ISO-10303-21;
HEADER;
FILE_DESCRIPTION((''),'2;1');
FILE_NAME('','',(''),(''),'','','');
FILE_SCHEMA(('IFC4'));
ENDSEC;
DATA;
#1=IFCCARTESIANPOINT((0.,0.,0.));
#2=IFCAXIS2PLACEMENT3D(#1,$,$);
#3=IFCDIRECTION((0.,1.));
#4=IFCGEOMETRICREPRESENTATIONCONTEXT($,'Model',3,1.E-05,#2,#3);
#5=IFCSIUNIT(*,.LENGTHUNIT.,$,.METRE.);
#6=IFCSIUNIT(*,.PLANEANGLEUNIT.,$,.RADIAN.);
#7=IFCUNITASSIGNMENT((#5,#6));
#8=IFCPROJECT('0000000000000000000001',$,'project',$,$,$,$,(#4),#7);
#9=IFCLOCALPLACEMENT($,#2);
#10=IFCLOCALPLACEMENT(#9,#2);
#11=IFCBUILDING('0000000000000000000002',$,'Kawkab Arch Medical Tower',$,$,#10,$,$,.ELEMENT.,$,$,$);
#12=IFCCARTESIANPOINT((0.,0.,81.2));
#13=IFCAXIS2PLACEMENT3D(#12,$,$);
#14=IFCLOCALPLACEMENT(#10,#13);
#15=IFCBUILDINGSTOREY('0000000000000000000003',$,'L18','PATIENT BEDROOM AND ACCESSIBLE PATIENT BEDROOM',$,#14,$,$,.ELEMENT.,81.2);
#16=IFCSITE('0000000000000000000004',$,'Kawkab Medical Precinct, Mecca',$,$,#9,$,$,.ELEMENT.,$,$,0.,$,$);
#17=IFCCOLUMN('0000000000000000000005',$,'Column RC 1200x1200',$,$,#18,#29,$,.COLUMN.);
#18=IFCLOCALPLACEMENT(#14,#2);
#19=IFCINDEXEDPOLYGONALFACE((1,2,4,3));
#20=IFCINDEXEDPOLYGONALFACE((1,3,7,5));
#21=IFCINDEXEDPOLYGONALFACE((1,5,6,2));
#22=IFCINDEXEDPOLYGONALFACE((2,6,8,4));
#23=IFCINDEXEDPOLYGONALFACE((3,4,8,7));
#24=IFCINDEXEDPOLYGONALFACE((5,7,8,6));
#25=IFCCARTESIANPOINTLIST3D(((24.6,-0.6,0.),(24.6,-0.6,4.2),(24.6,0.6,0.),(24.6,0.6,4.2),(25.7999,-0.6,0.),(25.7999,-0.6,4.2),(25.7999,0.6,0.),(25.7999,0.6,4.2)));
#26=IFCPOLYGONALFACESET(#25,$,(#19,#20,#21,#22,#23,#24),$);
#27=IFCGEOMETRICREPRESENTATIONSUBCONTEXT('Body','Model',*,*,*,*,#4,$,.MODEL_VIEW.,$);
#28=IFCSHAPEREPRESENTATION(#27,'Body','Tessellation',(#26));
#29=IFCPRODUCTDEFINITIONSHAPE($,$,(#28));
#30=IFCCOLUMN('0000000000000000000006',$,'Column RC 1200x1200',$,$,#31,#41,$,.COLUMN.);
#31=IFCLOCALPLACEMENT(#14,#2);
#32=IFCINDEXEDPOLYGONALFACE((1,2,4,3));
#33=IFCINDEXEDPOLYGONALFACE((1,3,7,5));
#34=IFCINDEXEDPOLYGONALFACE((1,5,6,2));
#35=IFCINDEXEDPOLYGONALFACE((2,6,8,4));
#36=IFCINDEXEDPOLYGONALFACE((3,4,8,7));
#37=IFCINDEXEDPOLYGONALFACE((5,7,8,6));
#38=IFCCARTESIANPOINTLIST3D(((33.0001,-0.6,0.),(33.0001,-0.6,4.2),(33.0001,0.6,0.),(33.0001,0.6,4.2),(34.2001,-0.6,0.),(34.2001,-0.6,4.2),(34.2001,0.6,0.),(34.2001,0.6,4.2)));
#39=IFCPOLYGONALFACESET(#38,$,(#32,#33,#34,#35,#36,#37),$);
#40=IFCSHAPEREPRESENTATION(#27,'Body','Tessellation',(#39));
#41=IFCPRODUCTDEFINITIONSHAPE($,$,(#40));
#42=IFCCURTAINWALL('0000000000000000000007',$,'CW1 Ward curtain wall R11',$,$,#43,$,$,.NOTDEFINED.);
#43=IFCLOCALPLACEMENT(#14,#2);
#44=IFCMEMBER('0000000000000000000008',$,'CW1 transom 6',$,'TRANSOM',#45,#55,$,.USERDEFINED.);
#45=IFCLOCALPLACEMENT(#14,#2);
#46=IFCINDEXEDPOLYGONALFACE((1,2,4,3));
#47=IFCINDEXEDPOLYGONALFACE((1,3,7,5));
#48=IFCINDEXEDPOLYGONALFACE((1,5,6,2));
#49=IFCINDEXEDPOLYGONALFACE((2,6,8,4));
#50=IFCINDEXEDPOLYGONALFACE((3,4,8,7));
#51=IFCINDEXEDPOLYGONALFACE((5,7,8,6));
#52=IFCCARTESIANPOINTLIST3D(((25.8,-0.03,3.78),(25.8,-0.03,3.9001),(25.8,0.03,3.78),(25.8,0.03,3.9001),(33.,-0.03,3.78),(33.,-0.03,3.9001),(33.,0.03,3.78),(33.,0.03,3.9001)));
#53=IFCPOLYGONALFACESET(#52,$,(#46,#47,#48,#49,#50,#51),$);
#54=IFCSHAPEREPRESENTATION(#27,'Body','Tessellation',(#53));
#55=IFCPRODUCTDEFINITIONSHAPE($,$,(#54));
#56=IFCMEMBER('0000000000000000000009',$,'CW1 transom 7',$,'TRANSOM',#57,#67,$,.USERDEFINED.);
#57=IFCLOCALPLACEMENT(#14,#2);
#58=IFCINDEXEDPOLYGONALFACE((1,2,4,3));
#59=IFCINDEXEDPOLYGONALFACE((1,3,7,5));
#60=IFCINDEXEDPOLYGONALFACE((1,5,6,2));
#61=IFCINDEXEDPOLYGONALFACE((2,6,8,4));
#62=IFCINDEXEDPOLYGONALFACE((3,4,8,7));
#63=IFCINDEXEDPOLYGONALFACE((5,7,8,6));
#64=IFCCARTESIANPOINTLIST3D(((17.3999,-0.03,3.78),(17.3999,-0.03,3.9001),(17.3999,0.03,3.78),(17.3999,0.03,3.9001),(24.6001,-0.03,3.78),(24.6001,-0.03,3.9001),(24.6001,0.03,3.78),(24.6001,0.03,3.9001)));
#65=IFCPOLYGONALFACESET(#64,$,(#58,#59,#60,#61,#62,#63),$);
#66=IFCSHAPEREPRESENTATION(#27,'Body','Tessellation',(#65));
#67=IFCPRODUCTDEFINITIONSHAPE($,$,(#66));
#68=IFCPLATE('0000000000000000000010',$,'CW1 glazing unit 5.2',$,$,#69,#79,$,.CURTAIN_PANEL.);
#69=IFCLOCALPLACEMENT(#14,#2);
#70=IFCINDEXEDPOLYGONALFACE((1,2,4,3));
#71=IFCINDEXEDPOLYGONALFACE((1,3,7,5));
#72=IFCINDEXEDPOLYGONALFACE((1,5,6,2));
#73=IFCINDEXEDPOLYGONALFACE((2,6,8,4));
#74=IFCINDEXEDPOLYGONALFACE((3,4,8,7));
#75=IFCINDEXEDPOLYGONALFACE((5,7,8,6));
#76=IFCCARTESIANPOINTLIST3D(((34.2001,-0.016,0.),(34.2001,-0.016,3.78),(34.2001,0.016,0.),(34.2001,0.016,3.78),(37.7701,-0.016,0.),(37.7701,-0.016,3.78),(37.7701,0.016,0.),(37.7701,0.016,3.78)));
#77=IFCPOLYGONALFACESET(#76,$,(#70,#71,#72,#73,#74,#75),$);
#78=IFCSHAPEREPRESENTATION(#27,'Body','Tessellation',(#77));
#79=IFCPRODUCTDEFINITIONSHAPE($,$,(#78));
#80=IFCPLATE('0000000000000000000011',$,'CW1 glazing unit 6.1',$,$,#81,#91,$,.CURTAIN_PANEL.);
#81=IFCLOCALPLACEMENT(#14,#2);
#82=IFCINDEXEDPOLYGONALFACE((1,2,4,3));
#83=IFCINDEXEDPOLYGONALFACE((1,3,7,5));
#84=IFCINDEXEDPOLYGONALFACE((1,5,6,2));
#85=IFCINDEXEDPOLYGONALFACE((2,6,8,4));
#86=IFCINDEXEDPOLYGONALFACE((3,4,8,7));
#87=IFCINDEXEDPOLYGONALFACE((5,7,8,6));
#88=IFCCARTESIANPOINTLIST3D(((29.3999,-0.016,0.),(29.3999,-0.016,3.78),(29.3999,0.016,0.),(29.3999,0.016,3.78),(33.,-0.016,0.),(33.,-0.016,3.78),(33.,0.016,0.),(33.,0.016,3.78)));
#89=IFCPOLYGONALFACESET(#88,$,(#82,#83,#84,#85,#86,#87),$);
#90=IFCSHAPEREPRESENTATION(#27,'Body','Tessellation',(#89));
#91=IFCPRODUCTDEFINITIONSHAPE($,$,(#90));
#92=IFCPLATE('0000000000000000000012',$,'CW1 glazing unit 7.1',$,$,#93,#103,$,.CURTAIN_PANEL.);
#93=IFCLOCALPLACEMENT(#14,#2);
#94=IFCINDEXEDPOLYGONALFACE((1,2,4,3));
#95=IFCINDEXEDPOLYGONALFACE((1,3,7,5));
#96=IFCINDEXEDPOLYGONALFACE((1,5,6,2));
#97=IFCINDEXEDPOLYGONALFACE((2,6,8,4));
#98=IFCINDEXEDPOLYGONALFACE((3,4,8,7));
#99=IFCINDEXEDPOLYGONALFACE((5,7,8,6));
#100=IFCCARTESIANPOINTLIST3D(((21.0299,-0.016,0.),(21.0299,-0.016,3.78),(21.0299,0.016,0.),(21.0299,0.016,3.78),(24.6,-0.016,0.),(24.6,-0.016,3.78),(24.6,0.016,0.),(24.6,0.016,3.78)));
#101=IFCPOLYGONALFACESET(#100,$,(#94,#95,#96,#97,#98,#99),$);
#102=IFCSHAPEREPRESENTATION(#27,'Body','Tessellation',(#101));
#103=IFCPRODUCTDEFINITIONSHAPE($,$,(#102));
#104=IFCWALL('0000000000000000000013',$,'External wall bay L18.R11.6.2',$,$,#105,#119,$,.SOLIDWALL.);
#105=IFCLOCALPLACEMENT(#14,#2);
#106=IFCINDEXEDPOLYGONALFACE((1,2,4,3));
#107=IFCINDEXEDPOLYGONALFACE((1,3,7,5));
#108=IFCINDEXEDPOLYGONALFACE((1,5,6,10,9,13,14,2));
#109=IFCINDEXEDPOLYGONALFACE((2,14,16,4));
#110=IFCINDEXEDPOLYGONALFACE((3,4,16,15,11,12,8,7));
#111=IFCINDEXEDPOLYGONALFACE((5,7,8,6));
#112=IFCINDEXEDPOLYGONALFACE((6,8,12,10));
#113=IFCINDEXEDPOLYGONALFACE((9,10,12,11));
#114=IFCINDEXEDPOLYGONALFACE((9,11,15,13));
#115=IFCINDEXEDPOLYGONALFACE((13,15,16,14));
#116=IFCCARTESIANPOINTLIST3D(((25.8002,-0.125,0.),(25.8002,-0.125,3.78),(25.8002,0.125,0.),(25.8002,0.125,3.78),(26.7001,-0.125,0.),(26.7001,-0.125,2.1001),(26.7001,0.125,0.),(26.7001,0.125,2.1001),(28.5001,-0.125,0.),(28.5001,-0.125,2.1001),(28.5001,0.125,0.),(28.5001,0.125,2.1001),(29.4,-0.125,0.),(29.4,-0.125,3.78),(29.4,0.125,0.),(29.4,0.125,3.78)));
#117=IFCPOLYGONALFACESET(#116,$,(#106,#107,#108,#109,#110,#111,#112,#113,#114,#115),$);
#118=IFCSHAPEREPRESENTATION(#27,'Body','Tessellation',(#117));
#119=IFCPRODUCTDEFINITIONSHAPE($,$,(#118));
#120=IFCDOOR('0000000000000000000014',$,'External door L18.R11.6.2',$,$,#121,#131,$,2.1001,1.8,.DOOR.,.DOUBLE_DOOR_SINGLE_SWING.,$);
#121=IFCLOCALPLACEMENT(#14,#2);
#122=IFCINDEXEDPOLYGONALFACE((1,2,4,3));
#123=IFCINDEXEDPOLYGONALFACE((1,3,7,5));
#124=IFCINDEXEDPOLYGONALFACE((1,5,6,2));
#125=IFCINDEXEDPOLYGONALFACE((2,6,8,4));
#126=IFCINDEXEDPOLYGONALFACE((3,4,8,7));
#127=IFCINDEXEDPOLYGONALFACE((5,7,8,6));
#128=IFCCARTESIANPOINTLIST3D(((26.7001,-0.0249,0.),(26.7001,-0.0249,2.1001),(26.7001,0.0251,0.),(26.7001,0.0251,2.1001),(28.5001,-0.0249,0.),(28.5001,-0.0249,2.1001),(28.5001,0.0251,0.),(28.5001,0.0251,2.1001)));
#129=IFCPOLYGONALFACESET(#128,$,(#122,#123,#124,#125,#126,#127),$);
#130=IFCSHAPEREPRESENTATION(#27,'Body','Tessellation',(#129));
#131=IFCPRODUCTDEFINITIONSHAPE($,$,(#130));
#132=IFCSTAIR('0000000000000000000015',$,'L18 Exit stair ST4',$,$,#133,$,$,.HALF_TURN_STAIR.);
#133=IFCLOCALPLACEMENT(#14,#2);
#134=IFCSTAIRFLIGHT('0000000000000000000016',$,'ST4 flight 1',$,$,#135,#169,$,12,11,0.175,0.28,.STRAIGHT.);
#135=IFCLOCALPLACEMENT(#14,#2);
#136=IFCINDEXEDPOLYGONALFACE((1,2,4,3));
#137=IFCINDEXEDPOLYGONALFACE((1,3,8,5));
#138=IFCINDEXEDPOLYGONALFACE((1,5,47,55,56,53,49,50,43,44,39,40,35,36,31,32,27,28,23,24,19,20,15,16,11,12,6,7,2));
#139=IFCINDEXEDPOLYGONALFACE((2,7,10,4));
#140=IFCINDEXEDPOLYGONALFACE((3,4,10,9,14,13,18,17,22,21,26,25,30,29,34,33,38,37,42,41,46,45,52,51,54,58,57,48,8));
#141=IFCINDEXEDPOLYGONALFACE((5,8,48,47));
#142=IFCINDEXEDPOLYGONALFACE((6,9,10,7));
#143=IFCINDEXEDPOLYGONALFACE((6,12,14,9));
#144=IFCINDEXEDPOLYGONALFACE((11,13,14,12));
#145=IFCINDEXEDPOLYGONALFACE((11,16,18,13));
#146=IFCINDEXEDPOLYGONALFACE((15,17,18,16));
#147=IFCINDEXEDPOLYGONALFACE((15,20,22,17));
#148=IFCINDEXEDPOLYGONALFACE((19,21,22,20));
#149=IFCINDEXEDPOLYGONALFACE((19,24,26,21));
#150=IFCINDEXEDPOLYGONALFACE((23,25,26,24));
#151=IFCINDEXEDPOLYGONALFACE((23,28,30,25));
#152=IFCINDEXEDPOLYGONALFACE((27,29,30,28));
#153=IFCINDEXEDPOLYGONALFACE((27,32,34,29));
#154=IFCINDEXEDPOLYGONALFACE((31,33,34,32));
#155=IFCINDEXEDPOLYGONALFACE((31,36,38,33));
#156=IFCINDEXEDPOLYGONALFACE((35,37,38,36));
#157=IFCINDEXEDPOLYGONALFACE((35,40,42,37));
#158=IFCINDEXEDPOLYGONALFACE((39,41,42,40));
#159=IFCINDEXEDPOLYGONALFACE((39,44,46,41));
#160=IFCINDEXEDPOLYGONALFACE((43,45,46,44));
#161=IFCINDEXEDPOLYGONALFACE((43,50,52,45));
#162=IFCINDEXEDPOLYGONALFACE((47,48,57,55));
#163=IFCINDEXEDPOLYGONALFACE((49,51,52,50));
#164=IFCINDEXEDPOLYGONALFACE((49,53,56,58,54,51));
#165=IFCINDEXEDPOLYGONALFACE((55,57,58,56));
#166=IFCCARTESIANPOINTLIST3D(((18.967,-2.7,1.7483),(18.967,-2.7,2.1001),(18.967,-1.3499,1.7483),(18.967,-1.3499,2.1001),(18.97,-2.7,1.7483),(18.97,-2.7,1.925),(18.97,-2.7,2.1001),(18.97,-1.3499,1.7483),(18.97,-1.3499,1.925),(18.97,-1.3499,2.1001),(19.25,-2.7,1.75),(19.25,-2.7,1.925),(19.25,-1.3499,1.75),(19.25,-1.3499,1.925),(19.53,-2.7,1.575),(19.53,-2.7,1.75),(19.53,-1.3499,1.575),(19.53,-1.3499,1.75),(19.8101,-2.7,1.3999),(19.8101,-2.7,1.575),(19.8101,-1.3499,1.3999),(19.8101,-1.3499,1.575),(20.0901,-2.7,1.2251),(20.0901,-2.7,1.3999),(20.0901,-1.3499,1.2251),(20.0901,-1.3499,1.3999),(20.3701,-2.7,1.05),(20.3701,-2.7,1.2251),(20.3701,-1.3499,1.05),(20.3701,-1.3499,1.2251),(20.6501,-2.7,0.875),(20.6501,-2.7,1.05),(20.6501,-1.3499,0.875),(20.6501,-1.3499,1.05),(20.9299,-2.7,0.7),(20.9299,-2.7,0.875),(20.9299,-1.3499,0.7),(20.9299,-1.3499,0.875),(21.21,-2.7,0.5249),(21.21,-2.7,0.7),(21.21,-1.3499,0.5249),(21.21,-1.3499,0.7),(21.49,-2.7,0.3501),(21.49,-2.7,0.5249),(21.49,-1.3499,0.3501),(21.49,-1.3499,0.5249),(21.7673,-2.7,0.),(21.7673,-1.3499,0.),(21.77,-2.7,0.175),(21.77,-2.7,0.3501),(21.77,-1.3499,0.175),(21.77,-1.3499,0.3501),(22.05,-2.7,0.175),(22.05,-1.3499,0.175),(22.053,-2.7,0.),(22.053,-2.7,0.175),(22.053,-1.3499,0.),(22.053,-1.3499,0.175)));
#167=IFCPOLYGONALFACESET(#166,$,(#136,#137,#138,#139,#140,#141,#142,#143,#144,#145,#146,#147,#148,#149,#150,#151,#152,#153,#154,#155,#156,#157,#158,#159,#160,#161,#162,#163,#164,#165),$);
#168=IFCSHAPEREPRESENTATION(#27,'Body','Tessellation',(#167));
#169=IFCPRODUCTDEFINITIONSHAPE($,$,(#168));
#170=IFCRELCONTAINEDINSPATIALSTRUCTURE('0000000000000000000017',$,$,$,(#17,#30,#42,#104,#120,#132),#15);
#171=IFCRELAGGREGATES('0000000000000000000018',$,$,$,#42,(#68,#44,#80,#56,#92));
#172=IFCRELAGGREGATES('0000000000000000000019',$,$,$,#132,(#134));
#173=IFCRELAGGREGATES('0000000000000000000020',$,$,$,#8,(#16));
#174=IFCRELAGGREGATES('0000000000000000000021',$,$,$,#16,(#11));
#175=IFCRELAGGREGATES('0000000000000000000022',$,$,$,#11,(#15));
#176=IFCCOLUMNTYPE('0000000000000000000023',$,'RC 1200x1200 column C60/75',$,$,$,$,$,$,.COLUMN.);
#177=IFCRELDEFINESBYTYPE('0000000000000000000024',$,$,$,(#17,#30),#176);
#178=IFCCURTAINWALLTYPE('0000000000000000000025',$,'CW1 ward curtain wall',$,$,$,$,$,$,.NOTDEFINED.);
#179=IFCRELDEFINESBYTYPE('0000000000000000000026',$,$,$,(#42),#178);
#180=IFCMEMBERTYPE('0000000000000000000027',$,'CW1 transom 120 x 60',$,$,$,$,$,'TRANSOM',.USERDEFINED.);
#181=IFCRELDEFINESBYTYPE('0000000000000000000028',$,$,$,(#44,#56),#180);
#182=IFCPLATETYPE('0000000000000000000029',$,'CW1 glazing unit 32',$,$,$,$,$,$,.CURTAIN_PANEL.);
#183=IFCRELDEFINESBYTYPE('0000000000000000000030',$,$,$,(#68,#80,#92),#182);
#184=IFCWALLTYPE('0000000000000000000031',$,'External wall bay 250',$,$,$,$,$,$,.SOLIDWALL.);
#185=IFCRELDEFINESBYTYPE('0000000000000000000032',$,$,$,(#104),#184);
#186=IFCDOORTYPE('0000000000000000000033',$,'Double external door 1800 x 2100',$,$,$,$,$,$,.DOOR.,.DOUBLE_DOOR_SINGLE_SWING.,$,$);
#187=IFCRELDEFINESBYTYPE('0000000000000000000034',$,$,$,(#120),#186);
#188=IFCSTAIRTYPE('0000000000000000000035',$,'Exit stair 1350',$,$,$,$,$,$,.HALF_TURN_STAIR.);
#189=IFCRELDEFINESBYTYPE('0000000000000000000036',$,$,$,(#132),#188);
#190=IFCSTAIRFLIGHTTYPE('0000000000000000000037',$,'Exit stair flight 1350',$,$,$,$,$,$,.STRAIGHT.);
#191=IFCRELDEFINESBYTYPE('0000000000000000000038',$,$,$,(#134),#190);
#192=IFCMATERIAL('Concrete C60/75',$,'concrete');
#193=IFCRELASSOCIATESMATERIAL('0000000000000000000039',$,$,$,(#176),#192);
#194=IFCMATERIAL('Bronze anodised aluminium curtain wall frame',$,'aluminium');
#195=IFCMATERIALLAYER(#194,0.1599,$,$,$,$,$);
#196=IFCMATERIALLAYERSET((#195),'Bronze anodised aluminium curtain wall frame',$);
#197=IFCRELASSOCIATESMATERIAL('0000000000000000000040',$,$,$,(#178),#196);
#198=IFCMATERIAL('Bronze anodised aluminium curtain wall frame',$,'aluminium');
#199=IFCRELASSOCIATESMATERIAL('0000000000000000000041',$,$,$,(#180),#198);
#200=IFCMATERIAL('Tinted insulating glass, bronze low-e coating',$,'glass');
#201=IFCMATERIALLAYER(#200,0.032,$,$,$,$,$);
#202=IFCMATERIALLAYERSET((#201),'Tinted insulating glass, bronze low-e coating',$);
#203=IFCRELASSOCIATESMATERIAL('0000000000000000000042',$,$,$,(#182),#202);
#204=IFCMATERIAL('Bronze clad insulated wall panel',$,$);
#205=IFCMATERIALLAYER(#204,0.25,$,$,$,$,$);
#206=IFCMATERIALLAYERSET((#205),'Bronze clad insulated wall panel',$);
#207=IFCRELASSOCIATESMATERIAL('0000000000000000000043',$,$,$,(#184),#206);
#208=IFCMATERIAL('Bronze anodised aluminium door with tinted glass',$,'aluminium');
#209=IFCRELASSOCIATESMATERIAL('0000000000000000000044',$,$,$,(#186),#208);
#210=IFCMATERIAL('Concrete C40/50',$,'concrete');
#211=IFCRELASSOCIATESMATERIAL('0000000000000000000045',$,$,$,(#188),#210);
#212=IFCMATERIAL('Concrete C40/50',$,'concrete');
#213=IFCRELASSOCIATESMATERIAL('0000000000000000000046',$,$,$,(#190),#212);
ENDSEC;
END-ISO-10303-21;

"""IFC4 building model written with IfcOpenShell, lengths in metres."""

from ifc_helpers import new_model, si_unit, direction, frame, frame_2d, origin, origin_2d, place, context, subcontext, project, spatial, polyline, rectangle, outline, extrude, material, layer, layer_set, material_profile, profile_set, type_object, element, fill, aggregate, save


model = new_model("IFC4")

# Units and contexts
model_context = context("Model", 3, precision=1e-05, world=origin(), true_north=direction((0.0, 1.0)))
body_context = subcontext(model_context, "Body", "Model", "MODEL_VIEW")
ifc_project = project(units=[si_unit("LENGTHUNIT", "METRE"), si_unit("PLANEANGLEUNIT", "RADIAN")], contexts=[model_context])

# Site, building, storey
site_placement = place(None, origin())
site = spatial("IfcSite", under=ifc_project, at=site_placement, Name="Kawkab Medical Precinct, Mecca", CompositionType="ELEMENT", RefElevation=0.0)
building_placement = place(site_placement, origin())
building = spatial("IfcBuilding", under=site, at=building_placement, Name="Kawkab Arch Medical Tower", CompositionType="ELEMENT")
storey_placement = place(building_placement, frame((0.0, 0.0, 81.2)))
storey = spatial("IfcBuildingStorey", under=building, at=storey_placement, Name="L18", Description="PATIENT BEDROOM AND ACCESSIBLE PATIENT BEDROOM", CompositionType="ELEMENT", Elevation=81.2)

# Columns
ifc_material_1 = material(Name="Concrete C60/75", Category="concrete")
ifc_material_profile_1 = material_profile(ifc_material_1, rectangle(XDim=1.2, YDim=1.2, at=origin_2d()), Name="RC 1200x1200")
ifc_profile_set_1 = profile_set([ifc_material_profile_1], Name="Concrete C60/75")
column_type = type_object("IfcColumnType", Name="RC 1200x1200 column C60/75", PredefinedType="COLUMN", material=ifc_profile_set_1)
for number, where, z_axis, x_axis, name in (
    (1, (25.2, 0.0, 0.0), (0.0, 0.0, 1.0), (1.0, 0.0, 0.0), "Column RC 1200x1200"),
    (2, (33.6001, 0.0, 0.0), (0.0, 0.0, 1.0), (1.0, 0.0, 0.0), "Column RC 1200x1200"),
):
    element("IfcColumn", number, at=place(storey_placement, frame(where, z_axis=z_axis, x_axis=x_axis)), inside=storey, type_object=column_type, Name=name, PredefinedType="COLUMN", context=body_context, shape_type="SweptSolid", body=[
        extrude(rectangle(XDim=1.2, YDim=1.2, at=origin_2d()), origin(), (0.0, 0.0, 1.0), 4.2),
    ])

# Curtain wall, members, plates
ifc_material_2 = material(Name="Bronze anodised aluminium curtain wall frame", Category="aluminium")
ifc_layer_1 = layer(ifc_material_2, 0.1599)
ifc_layer_set_1 = layer_set([ifc_layer_1], Name="Bronze anodised aluminium curtain wall frame")
curtain_wall_type = type_object("IfcCurtainWallType", Name="CW1 ward curtain wall", PredefinedType="NOTDEFINED", material=ifc_layer_set_1)
placement = place(storey_placement, origin())
curtain_wall = element("IfcCurtainWall", 3, at=placement, inside=storey, type_object=curtain_wall_type, Name="CW1 Ward curtain wall R11", PredefinedType="NOTDEFINED")
ifc_material_3 = material(Name="Bronze anodised aluminium curtain wall frame", Category="aluminium")
ifc_material_profile_2 = material_profile(ifc_material_3, rectangle(XDim=0.0601, YDim=0.1201, at=origin_2d()), Name="AL 60x120")
ifc_profile_set_2 = profile_set([ifc_material_profile_2], Name="Bronze anodised aluminium curtain wall frame")
member_type = type_object("IfcMemberType", Name="CW1 transom 120 x 60", ElementType="TRANSOM", PredefinedType="USERDEFINED", material=ifc_profile_set_2)
member_1_placement = place(storey_placement, frame((33.0, 0.0, 3.8401), z_axis=(-1.0, 0.0, 0.0), x_axis=(0.0, -1.0, 0.0)))
member_1 = element("IfcMember", 4, at=member_1_placement, type_object=member_type, Name="CW1 transom 6", ObjectType="TRANSOM", PredefinedType="USERDEFINED", context=body_context, shape_type="SweptSolid", body=[
    extrude(rectangle(XDim=0.0601, YDim=0.1201, at=origin_2d()), origin(), (0.0, 0.0, 1.0), 7.2),
])
member_2_placement = place(storey_placement, frame((24.6001, 0.0, 3.8401), z_axis=(-1.0, 0.0, 0.0), x_axis=(0.0, -1.0, 0.0)))
member_2 = element("IfcMember", 5, at=member_2_placement, type_object=member_type, Name="CW1 transom 7", ObjectType="TRANSOM", PredefinedType="USERDEFINED", context=body_context, shape_type="SweptSolid", body=[
    extrude(rectangle(XDim=0.0601, YDim=0.1201, at=origin_2d()), origin(), (0.0, 0.0, 1.0), 7.2002),
])
ifc_material_4 = material(Name="Tinted insulating glass, bronze low-e coating", Category="glass")
ifc_layer_2 = layer(ifc_material_4, 0.032)
ifc_layer_set_2 = layer_set([ifc_layer_2], Name="Tinted insulating glass, bronze low-e coating")
plate_type = type_object("IfcPlateType", Name="CW1 glazing unit 32", PredefinedType="CURTAIN_PANEL", material=ifc_layer_set_2)
plate_1_placement = place(storey_placement, frame((35.9851, 0.0, 0.0), z_axis=(0.0, 0.0, 1.0), x_axis=(-1.0, 0.0, 0.0)))
plate_1 = element("IfcPlate", 6, at=plate_1_placement, type_object=plate_type, Name="CW1 glazing unit 5.2", PredefinedType="CURTAIN_PANEL", context=body_context, shape_type="SweptSolid", body=[
    extrude(rectangle(XDim=3.5701, YDim=0.032, at=origin_2d()), origin(), (0.0, 0.0, 1.0), 3.78),
])
plate_2_placement = place(storey_placement, frame((31.2, 0.0, 0.0), z_axis=(0.0, 0.0, 1.0), x_axis=(-1.0, 0.0, 0.0)))
plate_2 = element("IfcPlate", 7, at=plate_2_placement, type_object=plate_type, Name="CW1 glazing unit 6.1", PredefinedType="CURTAIN_PANEL", context=body_context, shape_type="SweptSolid", body=[
    extrude(rectangle(XDim=3.6001, YDim=0.032, at=origin_2d()), origin(), (0.0, 0.0, 1.0), 3.78),
])
plate_3_placement = place(storey_placement, frame((22.8149, 0.0, 0.0), z_axis=(0.0, 0.0, 1.0), x_axis=(-1.0, 0.0, 0.0)))
plate_3 = element("IfcPlate", 8, at=plate_3_placement, type_object=plate_type, Name="CW1 glazing unit 7.1", PredefinedType="CURTAIN_PANEL", context=body_context, shape_type="SweptSolid", body=[
    extrude(rectangle(XDim=3.5701, YDim=0.032, at=origin_2d()), origin(), (0.0, 0.0, 1.0), 3.78),
])
aggregate(curtain_wall, [plate_1, member_1, plate_2, member_2, plate_3])

# Wall, opening, door
ifc_material_5 = material(Name="Bronze clad insulated wall panel")
ifc_layer_3 = layer(ifc_material_5, 0.25)
ifc_layer_set_3 = layer_set([ifc_layer_3], Name="Bronze clad insulated wall panel")
wall_type = type_object("IfcWallType", Name="External wall bay 250", PredefinedType="SOLIDWALL", material=ifc_layer_set_3)
wall_placement = place(storey_placement, frame((29.3999, 0.0, 0.0), z_axis=(0.0, 0.0, 1.0), x_axis=(-1.0, 0.0, 0.0)))
wall = element("IfcWall", 9, at=wall_placement, inside=storey, type_object=wall_type, Name="External wall bay L18.R11.6.2", PredefinedType="SOLIDWALL", context=body_context, shape_type="SweptSolid", body=[
    extrude(rectangle(XDim=3.5999, YDim=0.25, at=frame_2d((1.7998, 0.0))), origin(), (0.0, 0.0, 1.0), 3.78),
])
opening_placement = place(wall_placement, frame((0.8999, 0.0, 0.0)))
opening = element("IfcOpeningElement", 10, at=opening_placement, cuts=wall, PredefinedType="OPENING", context=body_context, shape_type="SweptSolid", body=[
    extrude(rectangle(XDim=1.8, YDim=2.1001, at=frame_2d((0.8999, 1.05))), frame((0.0, 0.135, 0.0), z_axis=(0.0, -1.0, 0.0), x_axis=(1.0, 0.0, 0.0)), (0.0, 0.0, 1.0), 0.27),
])
ifc_material_6 = material(Name="Bronze anodised aluminium door with tinted glass", Category="aluminium")
door_type = type_object("IfcDoorType", Name="Double external door 1800 x 2100", OperationType="DOUBLE_DOOR_SINGLE_SWING", PredefinedType="DOOR", material=ifc_material_6)
door_placement = place(opening_placement, origin())
door = element("IfcDoor", 11, at=door_placement, inside=storey, type_object=door_type, Name="External door L18.R11.6.2", OperationType="DOUBLE_DOOR_SINGLE_SWING", OverallHeight=2.1001, OverallWidth=1.8, PredefinedType="DOOR", context=body_context, shape_type="SweptSolid", body=[
    extrude(rectangle(XDim=1.8, YDim=2.1001, at=frame_2d((0.8999, 1.05))), frame((0.0, 0.0249, 0.0), z_axis=(0.0, -1.0, 0.0), x_axis=(1.0, 0.0, 0.0)), (0.0, 0.0, 1.0), 0.05),
])
fill(opening, door)

# Stair, stair flight
ifc_material_7 = material(Name="Concrete C40/50", Category="concrete")
stair_type = type_object("IfcStairType", Name="Exit stair 1350", PredefinedType="HALF_TURN_STAIR", material=ifc_material_7)
stair = element("IfcStair", 12, at=placement, inside=storey, type_object=stair_type, Name="L18 Exit stair ST4", PredefinedType="HALF_TURN_STAIR")
ifc_material_8 = material(Name="Concrete C40/50", Category="concrete")
stair_flight_type = type_object("IfcStairFlightType", Name="Exit stair flight 1350", PredefinedType="STRAIGHT", material=ifc_material_8)
stair_flight_placement = place(storey_placement, frame((22.05, -2.0249, 0.0), z_axis=(0.0, 0.0, 1.0), x_axis=(-1.0, 0.0, 0.0)))
stair_flight = element("IfcStairFlight", 13, at=stair_flight_placement, type_object=stair_flight_type, Name="ST4 flight 1", NumberOfRisers=12, NumberOfTreads=11, PredefinedType="STRAIGHT", RiserHeight=0.175, TreadLength=0.28, context=body_context, shape_type="SweptSolid", body=[
    extrude(outline(polyline([(-0.0029, 0.0), (-0.0029, 0.175), (0.0, 0.175), (0.28, 0.175), (0.28, 0.3501), (0.5601, 0.3501), (0.5601, 0.5249), (0.8401, 0.5249), (0.8401, 0.7), (1.1201, 0.7), (1.1201, 0.875), (1.3999, 0.875), (1.3999, 1.05), (1.6799, 1.05), (1.6799, 1.2251), (1.96, 1.2251), (1.96, 1.3999), (2.24, 1.3999), (2.24, 1.575), (2.52, 1.575), (2.52, 1.75), (2.8, 1.75), (2.8, 1.925), (3.0801, 1.925), (3.0801, 2.1001), (3.083, 2.1001), (3.083, 1.7483), (3.0801, 1.7483), (0.2827, 0.0), (-0.0029, 0.0)])), frame((0.0, 0.675, 0.0), z_axis=(0.0, -1.0, 0.0), x_axis=(1.0, 0.0, 0.0)), (0.0, 0.0, 1.0), 1.3501),
])
aggregate(stair, [stair_flight])

save(model, "model.ifc")
